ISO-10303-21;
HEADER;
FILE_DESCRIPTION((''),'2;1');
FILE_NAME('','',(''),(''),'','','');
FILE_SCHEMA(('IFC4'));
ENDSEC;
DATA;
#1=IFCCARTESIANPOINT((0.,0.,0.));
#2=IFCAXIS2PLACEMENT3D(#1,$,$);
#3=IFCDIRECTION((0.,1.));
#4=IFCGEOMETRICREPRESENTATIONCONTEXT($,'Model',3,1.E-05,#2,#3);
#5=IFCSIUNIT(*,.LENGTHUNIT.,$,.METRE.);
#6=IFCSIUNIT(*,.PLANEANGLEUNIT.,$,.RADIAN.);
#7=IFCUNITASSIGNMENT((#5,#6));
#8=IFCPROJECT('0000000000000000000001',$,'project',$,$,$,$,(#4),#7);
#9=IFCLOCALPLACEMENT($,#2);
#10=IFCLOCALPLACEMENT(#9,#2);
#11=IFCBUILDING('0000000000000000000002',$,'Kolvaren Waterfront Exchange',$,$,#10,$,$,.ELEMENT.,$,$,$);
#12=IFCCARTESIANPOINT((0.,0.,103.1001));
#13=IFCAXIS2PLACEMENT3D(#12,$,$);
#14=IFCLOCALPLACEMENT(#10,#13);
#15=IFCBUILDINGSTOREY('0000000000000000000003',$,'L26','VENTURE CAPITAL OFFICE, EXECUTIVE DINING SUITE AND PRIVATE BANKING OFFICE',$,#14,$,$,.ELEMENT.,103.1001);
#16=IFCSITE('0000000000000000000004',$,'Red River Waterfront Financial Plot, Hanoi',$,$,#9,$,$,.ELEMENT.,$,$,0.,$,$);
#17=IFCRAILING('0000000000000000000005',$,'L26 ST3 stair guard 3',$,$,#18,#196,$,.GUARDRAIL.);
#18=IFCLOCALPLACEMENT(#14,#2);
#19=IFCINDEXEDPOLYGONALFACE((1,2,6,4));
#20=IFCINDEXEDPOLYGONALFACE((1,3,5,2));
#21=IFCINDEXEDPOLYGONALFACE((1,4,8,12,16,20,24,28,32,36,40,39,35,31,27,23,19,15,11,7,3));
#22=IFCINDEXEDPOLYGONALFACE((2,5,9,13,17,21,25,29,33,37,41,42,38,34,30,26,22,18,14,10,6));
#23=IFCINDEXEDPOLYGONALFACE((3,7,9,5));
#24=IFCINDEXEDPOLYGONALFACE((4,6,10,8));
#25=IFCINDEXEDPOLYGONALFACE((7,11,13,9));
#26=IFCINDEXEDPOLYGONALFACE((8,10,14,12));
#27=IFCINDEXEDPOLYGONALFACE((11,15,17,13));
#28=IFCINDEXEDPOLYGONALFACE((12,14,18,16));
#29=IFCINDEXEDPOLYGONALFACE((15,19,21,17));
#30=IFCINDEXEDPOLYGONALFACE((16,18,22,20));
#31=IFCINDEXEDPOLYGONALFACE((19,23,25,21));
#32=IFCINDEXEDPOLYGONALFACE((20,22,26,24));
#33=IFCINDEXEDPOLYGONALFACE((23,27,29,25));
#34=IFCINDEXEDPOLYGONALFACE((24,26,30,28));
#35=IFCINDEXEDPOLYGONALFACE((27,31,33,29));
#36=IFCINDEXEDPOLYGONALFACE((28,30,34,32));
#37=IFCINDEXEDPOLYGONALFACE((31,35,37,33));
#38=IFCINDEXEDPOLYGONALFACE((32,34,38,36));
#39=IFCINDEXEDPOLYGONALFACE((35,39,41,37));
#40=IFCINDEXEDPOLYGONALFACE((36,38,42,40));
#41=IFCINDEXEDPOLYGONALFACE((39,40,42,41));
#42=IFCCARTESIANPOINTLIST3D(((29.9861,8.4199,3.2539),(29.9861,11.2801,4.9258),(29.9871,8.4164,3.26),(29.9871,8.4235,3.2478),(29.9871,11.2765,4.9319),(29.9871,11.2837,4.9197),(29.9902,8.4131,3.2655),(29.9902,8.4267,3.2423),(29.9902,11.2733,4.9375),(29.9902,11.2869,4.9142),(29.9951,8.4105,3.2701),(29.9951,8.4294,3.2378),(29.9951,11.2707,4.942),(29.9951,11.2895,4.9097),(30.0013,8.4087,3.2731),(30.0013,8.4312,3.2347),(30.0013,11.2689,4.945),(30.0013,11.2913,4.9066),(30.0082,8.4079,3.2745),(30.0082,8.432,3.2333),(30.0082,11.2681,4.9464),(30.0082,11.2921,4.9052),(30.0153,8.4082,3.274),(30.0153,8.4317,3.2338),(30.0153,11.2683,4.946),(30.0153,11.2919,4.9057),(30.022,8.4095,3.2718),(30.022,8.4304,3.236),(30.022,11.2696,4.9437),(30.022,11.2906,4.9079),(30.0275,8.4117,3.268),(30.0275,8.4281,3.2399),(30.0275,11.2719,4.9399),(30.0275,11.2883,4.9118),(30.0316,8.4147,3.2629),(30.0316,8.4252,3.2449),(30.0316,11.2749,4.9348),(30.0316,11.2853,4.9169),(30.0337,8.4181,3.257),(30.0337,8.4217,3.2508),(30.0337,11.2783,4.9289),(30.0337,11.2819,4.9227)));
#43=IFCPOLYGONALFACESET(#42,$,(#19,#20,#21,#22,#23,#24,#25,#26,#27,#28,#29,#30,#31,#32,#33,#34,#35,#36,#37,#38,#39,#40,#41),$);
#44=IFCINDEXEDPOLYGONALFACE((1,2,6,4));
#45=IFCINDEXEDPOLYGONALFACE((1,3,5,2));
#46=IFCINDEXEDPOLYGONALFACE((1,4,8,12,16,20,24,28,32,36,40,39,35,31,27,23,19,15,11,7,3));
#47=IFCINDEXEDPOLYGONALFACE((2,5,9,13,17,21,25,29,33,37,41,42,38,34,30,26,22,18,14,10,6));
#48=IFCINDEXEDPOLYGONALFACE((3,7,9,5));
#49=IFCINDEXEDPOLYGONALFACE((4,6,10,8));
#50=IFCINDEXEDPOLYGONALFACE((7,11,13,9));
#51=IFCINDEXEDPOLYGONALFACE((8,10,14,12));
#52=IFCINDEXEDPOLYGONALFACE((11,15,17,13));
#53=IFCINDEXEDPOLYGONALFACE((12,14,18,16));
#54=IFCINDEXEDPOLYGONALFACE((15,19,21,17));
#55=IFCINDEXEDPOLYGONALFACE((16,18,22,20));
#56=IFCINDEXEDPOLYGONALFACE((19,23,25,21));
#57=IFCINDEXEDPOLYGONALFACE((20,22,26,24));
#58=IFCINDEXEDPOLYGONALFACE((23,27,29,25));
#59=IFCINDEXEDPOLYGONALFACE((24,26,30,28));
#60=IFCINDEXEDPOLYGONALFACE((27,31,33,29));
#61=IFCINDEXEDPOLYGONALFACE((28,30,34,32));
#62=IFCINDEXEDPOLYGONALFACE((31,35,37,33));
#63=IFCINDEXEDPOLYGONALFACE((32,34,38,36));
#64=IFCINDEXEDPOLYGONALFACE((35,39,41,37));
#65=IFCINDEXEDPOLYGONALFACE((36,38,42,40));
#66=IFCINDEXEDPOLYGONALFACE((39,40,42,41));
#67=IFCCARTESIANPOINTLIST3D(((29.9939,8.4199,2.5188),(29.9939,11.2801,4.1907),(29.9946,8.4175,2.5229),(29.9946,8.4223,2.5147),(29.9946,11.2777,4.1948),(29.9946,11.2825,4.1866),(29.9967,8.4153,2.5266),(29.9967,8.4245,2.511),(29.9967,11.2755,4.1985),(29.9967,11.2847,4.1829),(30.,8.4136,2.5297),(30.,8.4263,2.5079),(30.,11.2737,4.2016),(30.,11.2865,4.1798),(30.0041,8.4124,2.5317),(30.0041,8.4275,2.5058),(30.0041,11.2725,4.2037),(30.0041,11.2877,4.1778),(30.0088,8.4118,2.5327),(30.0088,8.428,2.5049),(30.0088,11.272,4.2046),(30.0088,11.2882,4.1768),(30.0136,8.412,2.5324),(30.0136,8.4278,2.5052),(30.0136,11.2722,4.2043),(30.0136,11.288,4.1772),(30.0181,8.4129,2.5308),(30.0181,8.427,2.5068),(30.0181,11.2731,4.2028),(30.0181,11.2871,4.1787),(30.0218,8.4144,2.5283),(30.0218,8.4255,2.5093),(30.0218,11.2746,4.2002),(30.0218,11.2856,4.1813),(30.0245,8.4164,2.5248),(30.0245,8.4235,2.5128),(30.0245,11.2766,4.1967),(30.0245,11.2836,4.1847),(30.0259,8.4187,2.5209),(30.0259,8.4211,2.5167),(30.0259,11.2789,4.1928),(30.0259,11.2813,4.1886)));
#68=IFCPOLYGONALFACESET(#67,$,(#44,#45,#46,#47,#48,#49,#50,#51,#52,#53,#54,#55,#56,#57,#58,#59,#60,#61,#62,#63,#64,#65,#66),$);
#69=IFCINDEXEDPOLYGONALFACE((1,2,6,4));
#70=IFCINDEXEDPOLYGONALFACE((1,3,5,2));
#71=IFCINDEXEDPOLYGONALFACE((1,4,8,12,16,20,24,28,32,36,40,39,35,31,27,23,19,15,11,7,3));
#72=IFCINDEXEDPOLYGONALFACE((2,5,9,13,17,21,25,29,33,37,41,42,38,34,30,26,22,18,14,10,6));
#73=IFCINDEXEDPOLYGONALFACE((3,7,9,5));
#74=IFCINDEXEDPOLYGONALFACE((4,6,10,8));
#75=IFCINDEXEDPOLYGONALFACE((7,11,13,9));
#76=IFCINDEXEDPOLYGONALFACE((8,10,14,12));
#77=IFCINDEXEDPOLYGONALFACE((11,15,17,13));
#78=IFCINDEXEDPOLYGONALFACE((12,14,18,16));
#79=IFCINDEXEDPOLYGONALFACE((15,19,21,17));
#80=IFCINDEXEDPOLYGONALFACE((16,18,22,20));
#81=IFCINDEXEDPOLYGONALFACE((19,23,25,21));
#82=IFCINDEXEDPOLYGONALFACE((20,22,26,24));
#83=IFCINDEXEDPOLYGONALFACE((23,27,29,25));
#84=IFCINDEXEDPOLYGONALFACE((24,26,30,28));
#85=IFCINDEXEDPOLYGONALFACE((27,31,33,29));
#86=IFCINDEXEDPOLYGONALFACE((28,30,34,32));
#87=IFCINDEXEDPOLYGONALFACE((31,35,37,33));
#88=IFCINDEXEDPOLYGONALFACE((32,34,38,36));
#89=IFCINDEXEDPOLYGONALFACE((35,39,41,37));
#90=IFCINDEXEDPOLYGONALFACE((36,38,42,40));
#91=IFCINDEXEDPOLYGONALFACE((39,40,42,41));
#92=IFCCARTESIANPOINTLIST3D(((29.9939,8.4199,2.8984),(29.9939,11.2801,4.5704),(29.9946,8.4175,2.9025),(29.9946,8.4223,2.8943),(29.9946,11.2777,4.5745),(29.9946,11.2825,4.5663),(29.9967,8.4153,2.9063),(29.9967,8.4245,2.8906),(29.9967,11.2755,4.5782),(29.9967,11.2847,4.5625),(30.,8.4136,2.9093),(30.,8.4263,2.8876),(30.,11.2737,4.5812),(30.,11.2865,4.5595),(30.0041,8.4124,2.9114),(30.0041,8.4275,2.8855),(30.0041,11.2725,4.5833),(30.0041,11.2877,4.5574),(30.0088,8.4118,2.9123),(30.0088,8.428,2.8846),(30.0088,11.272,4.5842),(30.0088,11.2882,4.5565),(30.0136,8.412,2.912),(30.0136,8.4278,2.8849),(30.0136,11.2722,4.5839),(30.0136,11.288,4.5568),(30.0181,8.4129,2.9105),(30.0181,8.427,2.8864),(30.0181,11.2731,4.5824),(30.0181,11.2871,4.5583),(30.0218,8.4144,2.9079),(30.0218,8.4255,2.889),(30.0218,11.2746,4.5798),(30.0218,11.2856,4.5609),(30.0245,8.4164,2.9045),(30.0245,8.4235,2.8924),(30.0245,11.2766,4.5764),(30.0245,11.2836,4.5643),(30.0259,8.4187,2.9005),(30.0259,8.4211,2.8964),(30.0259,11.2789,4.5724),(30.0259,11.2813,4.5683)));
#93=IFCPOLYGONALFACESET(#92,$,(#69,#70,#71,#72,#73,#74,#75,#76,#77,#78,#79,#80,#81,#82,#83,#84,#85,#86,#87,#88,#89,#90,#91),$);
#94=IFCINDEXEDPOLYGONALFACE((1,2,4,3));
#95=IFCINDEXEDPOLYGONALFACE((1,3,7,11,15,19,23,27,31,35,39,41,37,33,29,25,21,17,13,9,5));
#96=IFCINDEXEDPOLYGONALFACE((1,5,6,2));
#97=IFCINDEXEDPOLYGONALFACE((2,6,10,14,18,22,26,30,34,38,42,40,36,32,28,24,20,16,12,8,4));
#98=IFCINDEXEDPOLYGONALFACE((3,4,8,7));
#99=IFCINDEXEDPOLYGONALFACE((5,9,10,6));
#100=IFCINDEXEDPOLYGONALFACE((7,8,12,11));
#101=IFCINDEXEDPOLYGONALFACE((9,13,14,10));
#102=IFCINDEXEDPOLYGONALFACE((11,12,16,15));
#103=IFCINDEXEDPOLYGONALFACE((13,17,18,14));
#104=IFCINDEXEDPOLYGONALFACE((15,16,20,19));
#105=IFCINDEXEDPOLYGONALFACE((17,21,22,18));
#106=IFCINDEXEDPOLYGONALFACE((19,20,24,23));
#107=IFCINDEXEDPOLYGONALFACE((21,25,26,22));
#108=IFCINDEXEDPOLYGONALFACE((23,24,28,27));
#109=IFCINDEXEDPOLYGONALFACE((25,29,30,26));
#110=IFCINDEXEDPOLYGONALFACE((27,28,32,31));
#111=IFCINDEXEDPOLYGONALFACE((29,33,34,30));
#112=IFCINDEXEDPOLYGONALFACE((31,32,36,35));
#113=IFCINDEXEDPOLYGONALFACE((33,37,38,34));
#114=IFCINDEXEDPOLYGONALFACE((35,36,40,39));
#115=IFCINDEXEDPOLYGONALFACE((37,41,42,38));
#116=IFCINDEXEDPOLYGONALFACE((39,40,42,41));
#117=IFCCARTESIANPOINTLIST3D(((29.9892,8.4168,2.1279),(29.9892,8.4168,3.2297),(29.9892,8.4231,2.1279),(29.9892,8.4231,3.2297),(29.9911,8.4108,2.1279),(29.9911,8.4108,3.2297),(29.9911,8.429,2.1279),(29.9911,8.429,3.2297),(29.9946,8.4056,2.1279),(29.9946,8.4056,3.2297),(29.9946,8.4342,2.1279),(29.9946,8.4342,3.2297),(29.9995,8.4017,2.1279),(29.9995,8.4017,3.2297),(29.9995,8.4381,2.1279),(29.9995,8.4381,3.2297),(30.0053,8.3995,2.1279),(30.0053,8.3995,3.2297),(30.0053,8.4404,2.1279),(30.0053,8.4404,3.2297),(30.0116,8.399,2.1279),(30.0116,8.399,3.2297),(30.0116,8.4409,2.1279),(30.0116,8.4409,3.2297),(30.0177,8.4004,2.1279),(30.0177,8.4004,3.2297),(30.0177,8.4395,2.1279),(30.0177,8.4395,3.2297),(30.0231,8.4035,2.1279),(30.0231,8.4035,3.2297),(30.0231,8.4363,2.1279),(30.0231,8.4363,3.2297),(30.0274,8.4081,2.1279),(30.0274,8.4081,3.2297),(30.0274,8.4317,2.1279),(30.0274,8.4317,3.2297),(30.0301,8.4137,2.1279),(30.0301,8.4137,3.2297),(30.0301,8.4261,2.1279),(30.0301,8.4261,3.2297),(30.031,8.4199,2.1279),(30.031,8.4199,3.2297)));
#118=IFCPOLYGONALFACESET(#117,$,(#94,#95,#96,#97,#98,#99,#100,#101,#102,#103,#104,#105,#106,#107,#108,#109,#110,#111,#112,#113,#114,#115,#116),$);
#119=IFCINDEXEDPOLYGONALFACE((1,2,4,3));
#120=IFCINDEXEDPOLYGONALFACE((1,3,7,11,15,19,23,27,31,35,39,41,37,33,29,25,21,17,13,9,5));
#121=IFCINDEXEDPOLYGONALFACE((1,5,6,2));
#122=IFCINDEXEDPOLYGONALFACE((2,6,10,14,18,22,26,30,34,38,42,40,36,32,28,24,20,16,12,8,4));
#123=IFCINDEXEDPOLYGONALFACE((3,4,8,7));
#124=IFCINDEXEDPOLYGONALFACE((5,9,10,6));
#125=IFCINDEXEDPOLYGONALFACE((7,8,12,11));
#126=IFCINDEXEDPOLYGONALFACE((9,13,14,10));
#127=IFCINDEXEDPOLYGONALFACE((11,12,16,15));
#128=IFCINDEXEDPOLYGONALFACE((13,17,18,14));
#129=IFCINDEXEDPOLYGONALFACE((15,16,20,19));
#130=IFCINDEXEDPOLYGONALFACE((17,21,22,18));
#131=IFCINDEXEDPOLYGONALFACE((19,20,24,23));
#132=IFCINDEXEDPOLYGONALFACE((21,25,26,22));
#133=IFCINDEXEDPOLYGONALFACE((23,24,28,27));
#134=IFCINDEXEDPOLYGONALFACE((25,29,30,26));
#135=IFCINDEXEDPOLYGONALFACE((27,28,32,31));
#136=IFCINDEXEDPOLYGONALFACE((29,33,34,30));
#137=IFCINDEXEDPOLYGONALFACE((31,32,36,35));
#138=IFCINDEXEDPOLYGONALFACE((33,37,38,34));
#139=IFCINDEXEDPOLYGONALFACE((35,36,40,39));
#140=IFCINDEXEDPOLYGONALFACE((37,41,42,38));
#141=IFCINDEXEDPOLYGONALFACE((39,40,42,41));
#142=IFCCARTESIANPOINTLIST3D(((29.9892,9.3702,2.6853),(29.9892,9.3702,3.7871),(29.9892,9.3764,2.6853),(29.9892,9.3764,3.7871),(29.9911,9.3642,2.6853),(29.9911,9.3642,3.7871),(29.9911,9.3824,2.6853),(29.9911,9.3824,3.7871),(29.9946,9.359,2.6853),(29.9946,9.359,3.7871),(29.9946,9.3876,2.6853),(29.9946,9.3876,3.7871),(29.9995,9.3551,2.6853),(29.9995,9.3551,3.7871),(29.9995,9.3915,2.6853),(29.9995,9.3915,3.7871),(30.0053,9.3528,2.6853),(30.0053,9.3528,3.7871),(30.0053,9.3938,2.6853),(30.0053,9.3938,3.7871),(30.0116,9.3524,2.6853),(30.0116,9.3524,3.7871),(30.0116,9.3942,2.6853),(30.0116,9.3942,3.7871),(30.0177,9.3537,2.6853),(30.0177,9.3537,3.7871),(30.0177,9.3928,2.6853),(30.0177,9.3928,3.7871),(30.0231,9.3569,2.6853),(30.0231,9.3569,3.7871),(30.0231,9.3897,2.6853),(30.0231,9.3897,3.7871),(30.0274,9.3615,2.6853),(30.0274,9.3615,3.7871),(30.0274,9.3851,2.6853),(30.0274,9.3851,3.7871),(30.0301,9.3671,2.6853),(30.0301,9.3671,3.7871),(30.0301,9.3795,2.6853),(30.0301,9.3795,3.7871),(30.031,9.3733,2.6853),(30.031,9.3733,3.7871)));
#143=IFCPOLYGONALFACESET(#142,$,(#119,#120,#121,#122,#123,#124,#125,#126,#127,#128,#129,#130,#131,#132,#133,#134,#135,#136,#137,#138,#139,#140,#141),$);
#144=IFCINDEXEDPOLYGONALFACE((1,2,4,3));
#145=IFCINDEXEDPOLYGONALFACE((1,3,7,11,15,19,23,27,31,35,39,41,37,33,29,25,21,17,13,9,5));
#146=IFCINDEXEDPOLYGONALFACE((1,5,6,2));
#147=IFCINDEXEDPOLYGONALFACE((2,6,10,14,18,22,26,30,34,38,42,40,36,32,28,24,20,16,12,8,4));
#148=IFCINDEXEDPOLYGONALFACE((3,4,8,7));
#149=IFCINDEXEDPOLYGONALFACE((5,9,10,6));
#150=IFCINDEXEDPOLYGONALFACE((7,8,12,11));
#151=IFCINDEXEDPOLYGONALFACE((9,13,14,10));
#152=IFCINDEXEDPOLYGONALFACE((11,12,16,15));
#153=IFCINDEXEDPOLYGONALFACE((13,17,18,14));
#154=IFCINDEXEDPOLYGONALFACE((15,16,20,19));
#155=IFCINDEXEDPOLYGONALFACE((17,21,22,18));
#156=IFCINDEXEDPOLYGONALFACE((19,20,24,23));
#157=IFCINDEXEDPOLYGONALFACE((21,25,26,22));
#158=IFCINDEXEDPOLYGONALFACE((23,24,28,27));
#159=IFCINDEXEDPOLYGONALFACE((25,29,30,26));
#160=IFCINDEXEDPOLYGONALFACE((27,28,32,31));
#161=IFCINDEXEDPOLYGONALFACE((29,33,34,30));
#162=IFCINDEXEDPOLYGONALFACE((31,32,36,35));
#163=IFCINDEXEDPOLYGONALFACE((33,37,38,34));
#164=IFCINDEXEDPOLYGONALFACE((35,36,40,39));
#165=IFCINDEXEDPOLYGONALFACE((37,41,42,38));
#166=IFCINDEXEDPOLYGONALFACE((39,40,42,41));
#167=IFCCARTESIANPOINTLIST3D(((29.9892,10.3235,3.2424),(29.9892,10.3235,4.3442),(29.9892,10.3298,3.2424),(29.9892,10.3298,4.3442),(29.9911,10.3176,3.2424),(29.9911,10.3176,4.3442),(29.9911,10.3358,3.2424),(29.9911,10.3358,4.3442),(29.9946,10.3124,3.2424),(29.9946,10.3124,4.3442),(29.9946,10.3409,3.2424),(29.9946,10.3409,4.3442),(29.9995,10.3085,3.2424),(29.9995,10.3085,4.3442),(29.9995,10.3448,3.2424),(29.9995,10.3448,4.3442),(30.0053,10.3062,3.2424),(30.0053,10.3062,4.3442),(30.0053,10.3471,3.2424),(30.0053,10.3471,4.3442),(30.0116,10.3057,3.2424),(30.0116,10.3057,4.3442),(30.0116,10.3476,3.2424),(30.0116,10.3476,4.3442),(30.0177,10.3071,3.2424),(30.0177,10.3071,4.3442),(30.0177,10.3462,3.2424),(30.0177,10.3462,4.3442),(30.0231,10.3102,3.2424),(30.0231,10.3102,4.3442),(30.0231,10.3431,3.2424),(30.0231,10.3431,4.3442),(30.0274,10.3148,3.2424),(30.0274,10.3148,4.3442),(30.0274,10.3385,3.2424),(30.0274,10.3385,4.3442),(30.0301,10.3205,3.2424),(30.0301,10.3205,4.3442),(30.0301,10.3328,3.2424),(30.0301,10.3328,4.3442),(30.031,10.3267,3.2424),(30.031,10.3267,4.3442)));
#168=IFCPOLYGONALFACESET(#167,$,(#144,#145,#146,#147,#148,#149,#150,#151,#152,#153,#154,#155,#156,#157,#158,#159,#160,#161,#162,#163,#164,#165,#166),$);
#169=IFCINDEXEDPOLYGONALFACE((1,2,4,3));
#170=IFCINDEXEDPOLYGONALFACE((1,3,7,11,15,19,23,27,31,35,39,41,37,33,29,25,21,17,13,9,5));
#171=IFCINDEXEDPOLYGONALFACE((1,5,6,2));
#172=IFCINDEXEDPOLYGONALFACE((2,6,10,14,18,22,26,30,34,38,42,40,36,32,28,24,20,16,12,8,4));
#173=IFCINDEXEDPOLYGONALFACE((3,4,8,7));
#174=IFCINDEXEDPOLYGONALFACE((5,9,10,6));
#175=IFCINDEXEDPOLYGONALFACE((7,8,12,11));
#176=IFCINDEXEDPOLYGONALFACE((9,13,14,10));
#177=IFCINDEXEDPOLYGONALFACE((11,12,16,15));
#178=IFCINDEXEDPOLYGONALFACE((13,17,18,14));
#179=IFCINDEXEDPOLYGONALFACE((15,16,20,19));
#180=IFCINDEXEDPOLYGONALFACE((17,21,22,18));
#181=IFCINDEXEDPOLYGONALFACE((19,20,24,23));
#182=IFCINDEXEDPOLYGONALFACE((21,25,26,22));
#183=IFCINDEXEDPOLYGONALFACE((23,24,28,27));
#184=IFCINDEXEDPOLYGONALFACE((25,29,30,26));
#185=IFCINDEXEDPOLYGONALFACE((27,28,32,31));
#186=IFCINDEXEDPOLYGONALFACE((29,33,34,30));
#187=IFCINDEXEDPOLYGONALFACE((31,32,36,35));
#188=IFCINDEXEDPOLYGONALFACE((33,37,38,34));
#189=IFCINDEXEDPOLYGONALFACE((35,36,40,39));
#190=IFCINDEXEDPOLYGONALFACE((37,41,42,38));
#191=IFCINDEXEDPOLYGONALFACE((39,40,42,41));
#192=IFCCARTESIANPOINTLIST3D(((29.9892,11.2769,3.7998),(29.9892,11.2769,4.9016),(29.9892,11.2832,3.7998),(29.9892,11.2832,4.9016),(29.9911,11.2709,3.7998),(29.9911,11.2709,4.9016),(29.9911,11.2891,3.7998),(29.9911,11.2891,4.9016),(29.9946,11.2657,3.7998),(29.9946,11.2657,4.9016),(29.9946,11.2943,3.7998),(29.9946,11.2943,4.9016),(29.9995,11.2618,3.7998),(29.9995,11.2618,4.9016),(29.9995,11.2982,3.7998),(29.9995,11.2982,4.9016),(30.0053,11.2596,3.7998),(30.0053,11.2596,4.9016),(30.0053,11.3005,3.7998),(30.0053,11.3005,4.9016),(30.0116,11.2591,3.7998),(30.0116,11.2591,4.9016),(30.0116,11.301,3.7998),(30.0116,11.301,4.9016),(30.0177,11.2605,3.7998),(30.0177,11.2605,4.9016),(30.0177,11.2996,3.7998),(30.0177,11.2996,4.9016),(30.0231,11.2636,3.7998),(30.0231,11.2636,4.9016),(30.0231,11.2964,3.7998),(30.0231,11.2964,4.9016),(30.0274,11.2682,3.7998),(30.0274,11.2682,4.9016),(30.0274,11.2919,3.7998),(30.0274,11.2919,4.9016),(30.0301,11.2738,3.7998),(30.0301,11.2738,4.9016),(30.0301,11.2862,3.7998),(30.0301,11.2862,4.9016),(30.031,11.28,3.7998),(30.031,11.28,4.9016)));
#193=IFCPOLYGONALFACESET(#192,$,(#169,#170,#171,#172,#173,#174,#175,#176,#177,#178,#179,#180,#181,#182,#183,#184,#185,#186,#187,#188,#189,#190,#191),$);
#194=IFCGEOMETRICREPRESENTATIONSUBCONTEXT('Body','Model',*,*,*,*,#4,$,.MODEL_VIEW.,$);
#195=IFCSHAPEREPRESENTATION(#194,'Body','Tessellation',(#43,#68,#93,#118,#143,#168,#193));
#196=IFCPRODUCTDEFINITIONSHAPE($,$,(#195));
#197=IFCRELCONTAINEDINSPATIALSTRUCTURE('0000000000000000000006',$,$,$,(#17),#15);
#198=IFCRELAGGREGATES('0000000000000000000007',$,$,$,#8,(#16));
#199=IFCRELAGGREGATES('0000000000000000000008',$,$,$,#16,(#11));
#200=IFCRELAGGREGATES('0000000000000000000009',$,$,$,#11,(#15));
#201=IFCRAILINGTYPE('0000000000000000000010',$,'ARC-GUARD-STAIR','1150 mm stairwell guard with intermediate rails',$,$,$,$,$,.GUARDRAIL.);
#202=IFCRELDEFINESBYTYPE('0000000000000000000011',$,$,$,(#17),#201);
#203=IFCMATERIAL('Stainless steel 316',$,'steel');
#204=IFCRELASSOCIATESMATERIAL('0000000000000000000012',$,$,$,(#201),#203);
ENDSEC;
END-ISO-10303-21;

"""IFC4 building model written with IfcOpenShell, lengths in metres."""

from ifc_helpers import new_model, si_unit, direction, frame, origin, origin_2d, place, context, subcontext, project, spatial, circle, extrude, material, type_object, element, save


model = new_model("IFC4")

# Units and contexts
model_context = context("Model", 3, precision=1e-05, world=origin(), true_north=direction((0.0, 1.0)))
body_context = subcontext(model_context, "Body", "Model", "MODEL_VIEW")
ifc_project = project(units=[si_unit("LENGTHUNIT", "METRE"), si_unit("PLANEANGLEUNIT", "RADIAN")], contexts=[model_context])

# Site, building, storey
site_placement = place(None, origin())
site = spatial("IfcSite", under=ifc_project, at=site_placement, Name="Red River Waterfront Financial Plot, Hanoi", CompositionType="ELEMENT", RefElevation=0.0)
building_placement = place(site_placement, origin())
building = spatial("IfcBuilding", under=site, at=building_placement, Name="Kolvaren Waterfront Exchange", CompositionType="ELEMENT")
storey_placement = place(building_placement, frame((0.0, 0.0, 103.1001)))
storey = spatial("IfcBuildingStorey", under=building, at=storey_placement, Name="L26", Description="VENTURE CAPITAL OFFICE, EXECUTIVE DINING SUITE AND PRIVATE BANKING OFFICE", CompositionType="ELEMENT", Elevation=103.1001)

# Railing
ifc_material_1 = material(Name="Stainless steel 316", Category="steel")
railing_type_1 = type_object("IfcRailingType", Name="ARC-GUARD-STAIR", Description="1150 mm stairwell guard with intermediate rails", PredefinedType="GUARDRAIL", material=ifc_material_1)
railing_1_placement = place(storey_placement, frame((30.01, 8.4199, 2.1279)))
element("IfcRailing", 1, at=railing_1_placement, inside=storey, type_object=railing_type_1, Name="L26 ST3 stair guard 3", PredefinedType="GUARDRAIL", context=body_context, shape_type="SweptSolid", body=[
    extrude(circle(Radius=0.0239, at=origin_2d()), frame((0.0, 0.0, 1.126), z_axis=(0.0, 0.863321, 0.504654), x_axis=(-1.0, 0.0, 0.0)), (0.0, 0.0, 1.0), 3.313),
    extrude(circle(Radius=0.0161, at=origin_2d()), frame((0.0, 0.0, 0.3909), z_axis=(0.0, 0.863321, 0.504654), x_axis=(-1.0, 0.0, 0.0)), (0.0, 0.0, 1.0), 3.313),
    extrude(circle(Radius=0.0161, at=origin_2d()), frame((0.0, 0.0, 0.7705), z_axis=(0.0, 0.863321, 0.504654), x_axis=(-1.0, 0.0, 0.0)), (0.0, 0.0, 1.0), 3.313),
    extrude(circle(Radius=0.021, at=origin_2d()), origin(), (0.0, 0.0, 1.0), 1.1018),
    extrude(circle(Radius=0.021, at=origin_2d()), frame((0.0, 0.9534, 0.5574)), (0.0, 0.0, 1.0), 1.1018),
    extrude(circle(Radius=0.021, at=origin_2d()), frame((0.0, 1.9067, 1.1145)), (0.0, 0.0, 1.0), 1.1018),
    extrude(circle(Radius=0.021, at=origin_2d()), frame((0.0, 2.8601, 1.6719)), (0.0, 0.0, 1.0), 1.1018),
])

save(model, "model.ifc")
